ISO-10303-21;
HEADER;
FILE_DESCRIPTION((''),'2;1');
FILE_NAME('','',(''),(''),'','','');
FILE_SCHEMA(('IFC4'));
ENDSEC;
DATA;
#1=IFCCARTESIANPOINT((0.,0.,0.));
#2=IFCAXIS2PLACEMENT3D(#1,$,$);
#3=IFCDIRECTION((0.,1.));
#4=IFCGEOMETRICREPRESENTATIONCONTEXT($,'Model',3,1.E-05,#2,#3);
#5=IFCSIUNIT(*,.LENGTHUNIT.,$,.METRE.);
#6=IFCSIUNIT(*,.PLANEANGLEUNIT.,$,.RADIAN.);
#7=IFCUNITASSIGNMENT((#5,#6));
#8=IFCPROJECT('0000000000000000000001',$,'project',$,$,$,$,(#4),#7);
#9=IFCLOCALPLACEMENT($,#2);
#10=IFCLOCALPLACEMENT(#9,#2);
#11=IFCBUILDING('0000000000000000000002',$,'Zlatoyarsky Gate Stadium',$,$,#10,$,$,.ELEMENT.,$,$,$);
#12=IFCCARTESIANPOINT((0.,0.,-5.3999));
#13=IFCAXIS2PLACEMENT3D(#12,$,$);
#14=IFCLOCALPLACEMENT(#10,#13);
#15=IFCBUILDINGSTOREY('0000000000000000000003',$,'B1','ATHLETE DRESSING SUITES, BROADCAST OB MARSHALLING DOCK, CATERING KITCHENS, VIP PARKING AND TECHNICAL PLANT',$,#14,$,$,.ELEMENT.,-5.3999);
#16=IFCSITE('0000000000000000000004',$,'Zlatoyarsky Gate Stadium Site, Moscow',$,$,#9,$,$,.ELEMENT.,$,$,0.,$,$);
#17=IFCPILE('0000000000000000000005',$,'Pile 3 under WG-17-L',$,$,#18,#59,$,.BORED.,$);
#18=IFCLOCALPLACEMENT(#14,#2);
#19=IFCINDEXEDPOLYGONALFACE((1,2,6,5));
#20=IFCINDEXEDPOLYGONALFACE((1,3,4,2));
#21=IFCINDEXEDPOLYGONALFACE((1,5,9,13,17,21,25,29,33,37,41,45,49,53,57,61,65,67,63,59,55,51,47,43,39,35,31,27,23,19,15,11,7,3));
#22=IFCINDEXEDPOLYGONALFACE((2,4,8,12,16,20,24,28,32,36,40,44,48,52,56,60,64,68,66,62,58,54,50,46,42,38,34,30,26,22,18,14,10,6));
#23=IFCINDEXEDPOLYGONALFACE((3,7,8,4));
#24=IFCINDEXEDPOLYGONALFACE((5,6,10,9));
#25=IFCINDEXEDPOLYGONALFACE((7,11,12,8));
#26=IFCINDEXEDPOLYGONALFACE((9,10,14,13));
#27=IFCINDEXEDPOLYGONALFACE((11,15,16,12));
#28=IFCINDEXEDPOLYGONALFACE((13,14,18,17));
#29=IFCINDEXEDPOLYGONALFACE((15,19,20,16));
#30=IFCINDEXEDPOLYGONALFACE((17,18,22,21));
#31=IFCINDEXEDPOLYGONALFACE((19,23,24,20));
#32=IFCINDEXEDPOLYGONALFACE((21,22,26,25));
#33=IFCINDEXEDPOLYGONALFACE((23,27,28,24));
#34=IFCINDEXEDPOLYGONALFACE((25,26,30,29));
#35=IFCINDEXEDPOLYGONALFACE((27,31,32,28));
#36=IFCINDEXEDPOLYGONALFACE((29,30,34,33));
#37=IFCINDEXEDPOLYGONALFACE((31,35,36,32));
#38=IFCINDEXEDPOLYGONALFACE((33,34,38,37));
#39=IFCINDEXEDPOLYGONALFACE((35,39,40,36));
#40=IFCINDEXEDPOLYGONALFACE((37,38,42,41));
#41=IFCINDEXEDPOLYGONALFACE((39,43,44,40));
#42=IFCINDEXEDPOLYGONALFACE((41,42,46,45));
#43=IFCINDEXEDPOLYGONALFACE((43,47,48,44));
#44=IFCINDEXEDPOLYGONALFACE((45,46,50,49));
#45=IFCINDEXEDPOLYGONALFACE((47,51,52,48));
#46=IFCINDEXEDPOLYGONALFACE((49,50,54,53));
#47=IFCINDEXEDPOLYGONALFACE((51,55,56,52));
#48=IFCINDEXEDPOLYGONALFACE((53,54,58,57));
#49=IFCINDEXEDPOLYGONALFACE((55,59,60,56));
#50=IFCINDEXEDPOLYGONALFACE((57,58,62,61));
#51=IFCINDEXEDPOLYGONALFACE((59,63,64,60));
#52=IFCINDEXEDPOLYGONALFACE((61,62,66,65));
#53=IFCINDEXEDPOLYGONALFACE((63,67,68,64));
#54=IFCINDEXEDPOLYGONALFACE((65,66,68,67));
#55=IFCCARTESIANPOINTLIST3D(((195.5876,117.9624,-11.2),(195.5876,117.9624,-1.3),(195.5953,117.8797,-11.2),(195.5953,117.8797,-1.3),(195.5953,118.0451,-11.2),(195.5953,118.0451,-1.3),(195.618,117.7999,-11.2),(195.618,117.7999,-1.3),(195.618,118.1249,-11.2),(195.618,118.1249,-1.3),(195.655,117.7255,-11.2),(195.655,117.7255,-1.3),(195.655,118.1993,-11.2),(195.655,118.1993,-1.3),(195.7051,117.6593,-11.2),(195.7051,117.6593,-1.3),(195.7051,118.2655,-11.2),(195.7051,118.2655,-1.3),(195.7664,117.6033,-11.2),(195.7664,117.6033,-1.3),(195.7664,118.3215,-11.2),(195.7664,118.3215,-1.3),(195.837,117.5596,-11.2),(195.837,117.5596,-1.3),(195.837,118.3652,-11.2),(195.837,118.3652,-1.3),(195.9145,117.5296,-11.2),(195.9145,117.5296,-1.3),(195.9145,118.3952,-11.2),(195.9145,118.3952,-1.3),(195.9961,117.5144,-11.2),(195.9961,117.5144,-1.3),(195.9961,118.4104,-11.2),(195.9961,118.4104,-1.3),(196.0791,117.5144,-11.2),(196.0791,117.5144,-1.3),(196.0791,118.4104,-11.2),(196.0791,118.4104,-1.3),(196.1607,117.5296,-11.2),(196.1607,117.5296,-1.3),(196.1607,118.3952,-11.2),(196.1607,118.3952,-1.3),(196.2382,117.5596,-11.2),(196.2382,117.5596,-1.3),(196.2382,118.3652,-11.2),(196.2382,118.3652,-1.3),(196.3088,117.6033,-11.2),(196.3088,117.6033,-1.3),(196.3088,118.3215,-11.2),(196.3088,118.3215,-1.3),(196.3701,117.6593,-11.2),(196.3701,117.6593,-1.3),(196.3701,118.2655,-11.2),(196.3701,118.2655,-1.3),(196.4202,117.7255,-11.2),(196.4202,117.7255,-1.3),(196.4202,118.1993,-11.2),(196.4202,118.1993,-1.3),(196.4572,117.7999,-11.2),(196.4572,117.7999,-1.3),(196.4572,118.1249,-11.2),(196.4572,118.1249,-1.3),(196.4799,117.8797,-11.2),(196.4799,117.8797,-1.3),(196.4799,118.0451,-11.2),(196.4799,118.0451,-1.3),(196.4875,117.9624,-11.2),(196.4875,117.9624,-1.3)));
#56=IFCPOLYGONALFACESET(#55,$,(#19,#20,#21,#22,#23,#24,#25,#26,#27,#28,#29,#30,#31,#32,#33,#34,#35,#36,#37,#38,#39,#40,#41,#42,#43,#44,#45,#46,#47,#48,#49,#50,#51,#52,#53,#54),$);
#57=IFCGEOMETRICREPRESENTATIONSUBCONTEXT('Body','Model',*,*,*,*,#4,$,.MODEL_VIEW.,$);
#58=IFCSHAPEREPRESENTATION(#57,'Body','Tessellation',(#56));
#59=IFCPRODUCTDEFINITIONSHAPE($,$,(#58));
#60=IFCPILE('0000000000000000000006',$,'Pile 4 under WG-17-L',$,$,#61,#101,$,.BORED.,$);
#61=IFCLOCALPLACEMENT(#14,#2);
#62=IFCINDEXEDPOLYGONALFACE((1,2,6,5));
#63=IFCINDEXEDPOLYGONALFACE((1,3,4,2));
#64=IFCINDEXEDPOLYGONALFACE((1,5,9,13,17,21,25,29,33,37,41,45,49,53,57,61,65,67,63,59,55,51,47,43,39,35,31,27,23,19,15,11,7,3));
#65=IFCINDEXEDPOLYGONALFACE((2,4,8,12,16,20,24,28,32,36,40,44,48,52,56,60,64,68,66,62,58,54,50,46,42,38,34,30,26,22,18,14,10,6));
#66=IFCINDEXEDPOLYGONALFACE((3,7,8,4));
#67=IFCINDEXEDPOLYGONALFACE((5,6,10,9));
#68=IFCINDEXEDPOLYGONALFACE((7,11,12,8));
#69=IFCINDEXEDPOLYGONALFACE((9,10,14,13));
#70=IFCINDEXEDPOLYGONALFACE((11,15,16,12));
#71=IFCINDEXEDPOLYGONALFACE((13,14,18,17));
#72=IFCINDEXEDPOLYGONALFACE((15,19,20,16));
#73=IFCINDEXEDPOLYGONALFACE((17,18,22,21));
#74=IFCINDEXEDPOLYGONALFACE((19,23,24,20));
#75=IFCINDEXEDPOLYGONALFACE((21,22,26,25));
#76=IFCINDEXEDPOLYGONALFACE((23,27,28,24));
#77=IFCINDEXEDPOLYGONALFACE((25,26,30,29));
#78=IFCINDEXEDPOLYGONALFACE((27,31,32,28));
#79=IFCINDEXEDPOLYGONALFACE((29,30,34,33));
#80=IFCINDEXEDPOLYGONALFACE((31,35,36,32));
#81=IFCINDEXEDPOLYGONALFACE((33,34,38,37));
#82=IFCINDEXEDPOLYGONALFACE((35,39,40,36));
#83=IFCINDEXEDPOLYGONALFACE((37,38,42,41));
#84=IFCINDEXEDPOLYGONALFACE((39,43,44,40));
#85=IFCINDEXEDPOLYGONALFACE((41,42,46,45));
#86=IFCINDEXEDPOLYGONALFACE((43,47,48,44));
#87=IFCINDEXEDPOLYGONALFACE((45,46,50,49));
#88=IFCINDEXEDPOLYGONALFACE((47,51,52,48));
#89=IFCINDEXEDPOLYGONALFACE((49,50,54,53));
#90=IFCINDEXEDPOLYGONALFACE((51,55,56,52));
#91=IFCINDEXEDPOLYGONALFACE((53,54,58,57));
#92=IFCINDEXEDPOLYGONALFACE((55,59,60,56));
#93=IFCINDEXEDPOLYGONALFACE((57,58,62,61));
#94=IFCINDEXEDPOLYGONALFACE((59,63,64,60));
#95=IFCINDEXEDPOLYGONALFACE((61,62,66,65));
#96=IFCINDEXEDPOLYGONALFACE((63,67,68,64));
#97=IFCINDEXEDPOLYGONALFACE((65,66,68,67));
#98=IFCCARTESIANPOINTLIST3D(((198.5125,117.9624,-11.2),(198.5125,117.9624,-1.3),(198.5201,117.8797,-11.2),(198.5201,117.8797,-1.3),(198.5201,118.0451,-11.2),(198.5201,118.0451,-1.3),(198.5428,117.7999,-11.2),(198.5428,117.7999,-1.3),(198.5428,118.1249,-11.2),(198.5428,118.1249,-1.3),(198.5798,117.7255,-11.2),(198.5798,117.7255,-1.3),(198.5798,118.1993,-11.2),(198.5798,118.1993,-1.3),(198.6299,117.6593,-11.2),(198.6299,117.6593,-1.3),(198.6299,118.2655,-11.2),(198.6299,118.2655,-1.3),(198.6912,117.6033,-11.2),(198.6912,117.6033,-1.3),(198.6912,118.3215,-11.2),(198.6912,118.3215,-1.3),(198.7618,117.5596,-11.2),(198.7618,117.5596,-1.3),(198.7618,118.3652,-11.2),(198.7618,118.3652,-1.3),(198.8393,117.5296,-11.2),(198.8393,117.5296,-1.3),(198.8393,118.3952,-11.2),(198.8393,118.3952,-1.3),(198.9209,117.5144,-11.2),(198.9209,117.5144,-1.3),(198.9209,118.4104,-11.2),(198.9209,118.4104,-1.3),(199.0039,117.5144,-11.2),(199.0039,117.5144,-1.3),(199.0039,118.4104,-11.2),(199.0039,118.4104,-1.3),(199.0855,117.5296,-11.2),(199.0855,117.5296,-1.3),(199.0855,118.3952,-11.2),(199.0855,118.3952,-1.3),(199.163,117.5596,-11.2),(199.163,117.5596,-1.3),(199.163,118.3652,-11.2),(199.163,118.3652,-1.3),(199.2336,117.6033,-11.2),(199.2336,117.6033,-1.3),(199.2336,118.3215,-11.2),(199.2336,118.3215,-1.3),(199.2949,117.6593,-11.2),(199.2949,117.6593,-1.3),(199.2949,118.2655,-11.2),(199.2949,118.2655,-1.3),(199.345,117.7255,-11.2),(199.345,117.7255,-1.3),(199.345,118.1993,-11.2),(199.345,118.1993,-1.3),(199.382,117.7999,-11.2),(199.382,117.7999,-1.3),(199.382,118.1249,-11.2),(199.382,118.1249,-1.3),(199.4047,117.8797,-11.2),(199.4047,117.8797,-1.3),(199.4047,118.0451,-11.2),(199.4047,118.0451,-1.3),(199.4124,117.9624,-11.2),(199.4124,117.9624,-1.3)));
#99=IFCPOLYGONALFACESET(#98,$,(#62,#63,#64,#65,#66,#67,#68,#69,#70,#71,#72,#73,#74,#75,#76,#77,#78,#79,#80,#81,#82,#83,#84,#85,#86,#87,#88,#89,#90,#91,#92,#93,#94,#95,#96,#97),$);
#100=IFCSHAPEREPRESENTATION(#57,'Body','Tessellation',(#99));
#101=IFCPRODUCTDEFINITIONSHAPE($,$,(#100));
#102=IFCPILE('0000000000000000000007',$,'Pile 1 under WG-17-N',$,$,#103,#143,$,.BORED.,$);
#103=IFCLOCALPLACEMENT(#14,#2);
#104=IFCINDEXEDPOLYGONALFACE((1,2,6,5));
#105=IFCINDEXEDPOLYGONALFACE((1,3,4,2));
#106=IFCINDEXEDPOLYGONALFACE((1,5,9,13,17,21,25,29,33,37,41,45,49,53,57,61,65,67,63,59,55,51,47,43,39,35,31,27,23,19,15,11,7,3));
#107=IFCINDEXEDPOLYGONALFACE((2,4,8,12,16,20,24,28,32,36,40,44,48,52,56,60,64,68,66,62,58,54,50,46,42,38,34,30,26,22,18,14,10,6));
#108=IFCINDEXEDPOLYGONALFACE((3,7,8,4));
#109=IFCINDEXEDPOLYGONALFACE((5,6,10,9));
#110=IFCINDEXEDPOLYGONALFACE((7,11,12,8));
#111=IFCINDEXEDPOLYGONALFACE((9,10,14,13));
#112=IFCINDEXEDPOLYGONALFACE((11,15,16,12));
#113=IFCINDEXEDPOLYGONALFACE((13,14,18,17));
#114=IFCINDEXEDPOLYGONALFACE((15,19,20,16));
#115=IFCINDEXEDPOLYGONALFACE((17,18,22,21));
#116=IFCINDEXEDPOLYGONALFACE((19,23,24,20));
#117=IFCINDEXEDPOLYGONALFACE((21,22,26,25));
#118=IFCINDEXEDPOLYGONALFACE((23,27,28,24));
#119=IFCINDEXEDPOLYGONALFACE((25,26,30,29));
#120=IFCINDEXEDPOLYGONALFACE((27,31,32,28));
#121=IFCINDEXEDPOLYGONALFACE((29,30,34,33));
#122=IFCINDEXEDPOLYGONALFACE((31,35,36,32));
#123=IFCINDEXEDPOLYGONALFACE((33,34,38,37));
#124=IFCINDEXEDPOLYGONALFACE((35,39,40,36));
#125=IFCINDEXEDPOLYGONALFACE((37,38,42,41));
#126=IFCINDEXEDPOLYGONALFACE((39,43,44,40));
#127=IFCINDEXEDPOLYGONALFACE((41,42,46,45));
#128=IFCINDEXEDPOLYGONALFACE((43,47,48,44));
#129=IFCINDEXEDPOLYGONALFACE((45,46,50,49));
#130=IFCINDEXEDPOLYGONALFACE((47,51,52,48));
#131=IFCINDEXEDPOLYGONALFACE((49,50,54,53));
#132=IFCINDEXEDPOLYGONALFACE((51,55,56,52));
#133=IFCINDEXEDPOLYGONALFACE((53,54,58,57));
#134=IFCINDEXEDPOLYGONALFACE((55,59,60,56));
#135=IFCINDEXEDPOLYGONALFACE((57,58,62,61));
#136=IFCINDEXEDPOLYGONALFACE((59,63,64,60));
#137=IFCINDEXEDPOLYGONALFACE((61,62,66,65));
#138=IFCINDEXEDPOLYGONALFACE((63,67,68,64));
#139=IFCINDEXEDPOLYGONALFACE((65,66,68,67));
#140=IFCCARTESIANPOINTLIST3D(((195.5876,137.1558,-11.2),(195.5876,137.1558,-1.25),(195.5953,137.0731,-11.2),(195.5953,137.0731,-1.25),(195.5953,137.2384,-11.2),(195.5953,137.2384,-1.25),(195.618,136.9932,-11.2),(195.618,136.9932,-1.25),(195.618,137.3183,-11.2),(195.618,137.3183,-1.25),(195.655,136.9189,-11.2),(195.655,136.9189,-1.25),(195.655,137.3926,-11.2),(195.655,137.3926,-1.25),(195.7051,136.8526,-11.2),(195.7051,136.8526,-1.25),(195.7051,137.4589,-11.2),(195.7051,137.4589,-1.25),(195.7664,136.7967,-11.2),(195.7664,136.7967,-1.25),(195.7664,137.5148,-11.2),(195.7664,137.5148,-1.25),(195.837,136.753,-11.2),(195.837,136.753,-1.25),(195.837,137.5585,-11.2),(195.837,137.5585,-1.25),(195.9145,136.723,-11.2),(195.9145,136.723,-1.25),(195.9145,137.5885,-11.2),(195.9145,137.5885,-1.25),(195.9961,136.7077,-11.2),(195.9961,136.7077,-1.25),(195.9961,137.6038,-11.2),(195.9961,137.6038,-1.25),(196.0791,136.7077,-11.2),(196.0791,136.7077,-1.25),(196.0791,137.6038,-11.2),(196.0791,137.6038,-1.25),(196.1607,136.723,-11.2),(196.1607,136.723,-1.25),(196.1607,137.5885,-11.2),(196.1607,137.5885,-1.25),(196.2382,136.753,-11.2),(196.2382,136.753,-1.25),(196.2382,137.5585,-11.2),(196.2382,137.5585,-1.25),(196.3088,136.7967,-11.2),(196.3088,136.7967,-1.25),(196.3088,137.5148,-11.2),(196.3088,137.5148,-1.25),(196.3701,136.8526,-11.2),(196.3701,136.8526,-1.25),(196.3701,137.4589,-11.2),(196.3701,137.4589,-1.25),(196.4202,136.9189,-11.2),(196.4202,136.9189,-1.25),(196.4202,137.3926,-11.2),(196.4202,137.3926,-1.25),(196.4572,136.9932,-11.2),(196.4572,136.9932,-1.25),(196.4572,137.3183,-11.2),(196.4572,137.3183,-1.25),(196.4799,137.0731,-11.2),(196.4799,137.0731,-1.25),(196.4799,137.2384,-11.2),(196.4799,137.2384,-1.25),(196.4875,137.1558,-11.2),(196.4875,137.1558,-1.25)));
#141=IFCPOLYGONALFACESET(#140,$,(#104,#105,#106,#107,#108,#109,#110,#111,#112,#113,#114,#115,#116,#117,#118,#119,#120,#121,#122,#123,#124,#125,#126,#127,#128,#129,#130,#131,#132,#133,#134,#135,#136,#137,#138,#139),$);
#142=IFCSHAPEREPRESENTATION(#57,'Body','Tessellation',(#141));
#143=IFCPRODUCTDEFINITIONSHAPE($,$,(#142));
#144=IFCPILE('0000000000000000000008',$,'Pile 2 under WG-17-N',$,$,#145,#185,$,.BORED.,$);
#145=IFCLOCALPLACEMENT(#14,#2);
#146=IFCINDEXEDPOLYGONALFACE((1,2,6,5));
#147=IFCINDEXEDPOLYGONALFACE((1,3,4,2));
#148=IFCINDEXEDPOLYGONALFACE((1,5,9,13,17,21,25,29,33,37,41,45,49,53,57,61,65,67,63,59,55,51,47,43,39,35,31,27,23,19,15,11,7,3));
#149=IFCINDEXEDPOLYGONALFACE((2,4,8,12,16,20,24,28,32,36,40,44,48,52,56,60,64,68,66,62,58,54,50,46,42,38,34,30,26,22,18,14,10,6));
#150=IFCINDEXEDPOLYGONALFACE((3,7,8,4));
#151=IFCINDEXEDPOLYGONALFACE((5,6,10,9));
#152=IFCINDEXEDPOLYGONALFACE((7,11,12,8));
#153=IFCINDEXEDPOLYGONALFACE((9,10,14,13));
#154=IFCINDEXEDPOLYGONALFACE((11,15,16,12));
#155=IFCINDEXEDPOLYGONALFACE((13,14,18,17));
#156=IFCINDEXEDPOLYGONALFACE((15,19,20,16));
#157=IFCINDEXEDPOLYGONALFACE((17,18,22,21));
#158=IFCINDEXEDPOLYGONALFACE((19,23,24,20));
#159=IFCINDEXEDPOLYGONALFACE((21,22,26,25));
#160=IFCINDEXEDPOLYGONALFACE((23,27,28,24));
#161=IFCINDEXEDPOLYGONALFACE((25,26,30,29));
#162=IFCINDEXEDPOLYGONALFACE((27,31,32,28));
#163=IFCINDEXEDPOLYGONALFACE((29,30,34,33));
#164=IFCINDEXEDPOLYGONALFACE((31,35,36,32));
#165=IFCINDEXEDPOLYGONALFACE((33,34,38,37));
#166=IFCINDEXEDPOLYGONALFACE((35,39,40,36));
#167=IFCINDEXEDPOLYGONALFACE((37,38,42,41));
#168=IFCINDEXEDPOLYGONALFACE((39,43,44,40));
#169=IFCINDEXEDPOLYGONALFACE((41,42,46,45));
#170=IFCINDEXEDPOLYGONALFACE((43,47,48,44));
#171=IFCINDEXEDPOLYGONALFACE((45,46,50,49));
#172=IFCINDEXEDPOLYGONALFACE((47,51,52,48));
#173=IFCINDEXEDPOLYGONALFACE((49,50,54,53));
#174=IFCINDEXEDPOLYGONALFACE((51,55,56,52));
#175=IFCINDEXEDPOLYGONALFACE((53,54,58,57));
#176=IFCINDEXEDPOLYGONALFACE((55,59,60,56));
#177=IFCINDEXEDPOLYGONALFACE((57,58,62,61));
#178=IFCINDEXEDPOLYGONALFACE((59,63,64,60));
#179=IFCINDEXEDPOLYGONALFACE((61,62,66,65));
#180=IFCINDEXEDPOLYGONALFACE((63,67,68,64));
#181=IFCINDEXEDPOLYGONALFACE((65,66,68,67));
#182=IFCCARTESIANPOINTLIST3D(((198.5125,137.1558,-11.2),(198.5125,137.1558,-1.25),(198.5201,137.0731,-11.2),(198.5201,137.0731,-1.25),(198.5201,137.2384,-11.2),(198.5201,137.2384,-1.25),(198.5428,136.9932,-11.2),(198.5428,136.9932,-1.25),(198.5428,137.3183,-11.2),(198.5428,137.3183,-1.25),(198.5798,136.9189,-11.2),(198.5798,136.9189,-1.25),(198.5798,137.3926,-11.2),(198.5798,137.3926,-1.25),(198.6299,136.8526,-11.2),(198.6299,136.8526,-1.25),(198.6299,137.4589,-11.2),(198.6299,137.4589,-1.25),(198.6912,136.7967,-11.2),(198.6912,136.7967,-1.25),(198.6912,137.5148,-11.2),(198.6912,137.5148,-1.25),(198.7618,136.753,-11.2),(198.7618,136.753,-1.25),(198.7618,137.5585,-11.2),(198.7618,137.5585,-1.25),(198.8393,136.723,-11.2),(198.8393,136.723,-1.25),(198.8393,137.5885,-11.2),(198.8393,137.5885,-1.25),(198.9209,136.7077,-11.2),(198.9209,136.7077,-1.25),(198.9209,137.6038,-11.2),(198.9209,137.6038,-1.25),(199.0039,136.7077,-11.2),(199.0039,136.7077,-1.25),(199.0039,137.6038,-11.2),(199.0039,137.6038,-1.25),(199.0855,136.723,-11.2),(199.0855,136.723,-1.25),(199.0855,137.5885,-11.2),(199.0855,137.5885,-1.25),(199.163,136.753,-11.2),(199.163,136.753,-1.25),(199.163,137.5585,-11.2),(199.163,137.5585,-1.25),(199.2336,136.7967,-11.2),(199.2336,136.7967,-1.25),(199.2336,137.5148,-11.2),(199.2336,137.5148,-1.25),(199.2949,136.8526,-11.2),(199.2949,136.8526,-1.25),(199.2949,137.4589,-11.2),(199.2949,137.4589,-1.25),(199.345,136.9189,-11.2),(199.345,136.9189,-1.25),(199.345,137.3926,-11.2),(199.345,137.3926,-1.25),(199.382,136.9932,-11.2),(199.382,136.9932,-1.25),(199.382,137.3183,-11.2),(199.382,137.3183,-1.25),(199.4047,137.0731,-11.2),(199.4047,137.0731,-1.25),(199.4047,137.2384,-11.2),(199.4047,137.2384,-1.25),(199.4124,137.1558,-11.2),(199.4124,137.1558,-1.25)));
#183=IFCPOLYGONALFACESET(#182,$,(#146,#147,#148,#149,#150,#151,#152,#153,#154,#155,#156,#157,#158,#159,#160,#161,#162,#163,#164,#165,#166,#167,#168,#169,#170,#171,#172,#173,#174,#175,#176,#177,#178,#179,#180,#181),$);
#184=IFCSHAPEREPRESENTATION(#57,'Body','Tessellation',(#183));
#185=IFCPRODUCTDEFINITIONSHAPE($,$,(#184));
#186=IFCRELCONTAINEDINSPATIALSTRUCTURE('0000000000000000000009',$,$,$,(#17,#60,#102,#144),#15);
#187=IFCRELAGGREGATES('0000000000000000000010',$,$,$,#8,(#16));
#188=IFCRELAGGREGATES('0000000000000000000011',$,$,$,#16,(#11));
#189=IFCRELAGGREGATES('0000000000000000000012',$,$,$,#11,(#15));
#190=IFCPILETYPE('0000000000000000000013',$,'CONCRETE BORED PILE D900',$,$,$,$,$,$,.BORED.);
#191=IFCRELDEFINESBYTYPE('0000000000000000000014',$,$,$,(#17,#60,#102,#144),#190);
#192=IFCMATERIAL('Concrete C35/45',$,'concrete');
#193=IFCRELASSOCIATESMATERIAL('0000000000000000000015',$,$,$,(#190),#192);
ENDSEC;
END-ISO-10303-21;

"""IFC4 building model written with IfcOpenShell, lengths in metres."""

from ifc_helpers import new_model, si_unit, direction, frame, origin, origin_2d, place, context, subcontext, project, spatial, circle, extrude, material, material_profile, profile_set, type_object, element, save


model = new_model("IFC4")

# Units and contexts
model_context = context("Model", 3, precision=1e-05, world=origin(), true_north=direction((0.0, 1.0)))
body_context = subcontext(model_context, "Body", "Model", "MODEL_VIEW")
ifc_project = project(units=[si_unit("LENGTHUNIT", "METRE"), si_unit("PLANEANGLEUNIT", "RADIAN")], contexts=[model_context])

# Site, building, storey
site_placement = place(None, origin())
site = spatial("IfcSite", under=ifc_project, at=site_placement, Name="Zlatoyarsky Gate Stadium Site, Moscow", CompositionType="ELEMENT", RefElevation=0.0)
building_placement = place(site_placement, origin())
building = spatial("IfcBuilding", under=site, at=building_placement, Name="Zlatoyarsky Gate Stadium", CompositionType="ELEMENT")
storey_placement = place(building_placement, frame((0.0, 0.0, -5.3999)))
storey = spatial("IfcBuildingStorey", under=building, at=storey_placement, Name="B1", Description="ATHLETE DRESSING SUITES, BROADCAST OB MARSHALLING DOCK, CATERING KITCHENS, VIP PARKING AND TECHNICAL PLANT", CompositionType="ELEMENT", Elevation=-5.3999)

# Piles
ifc_material_1 = material(Name="Concrete C35/45", Category="concrete")
ifc_material_profile_1 = material_profile(ifc_material_1, circle(Radius=0.45, at=origin_2d()), Name="BORED PILE D900")
ifc_profile_set_1 = profile_set([ifc_material_profile_1], Name="Concrete C35/45")
pile_type_1 = type_object("IfcPileType", Name="CONCRETE BORED PILE D900", PredefinedType="BORED", material=ifc_profile_set_1)
for number, where, z_axis, x_axis, name in (
    (1, (196.0376, 117.9624, -1.3), (0.0, 0.0, -1.0), (1.0, 0.0, 0.0), "Pile 3 under WG-17-L"),
    (2, (198.9624, 117.9624, -1.3), (0.0, 0.0, -1.0), (1.0, 0.0, 0.0), "Pile 4 under WG-17-L"),
):
    element("IfcPile", number, at=place(storey_placement, frame(where, z_axis=z_axis, x_axis=x_axis)), inside=storey, type_object=pile_type_1, Name=name, PredefinedType="BORED", context=body_context, shape_type="SweptSolid", body=[
        extrude(circle(Radius=0.45, at=origin_2d()), origin(), (0.0, 0.0, 1.0), 9.8999),
    ])
for number, where, z_axis, x_axis, name in (
    (3, (196.0376, 137.1558, -1.25), (0.0, 0.0, -1.0), (1.0, 0.0, 0.0), "Pile 1 under WG-17-N"),
    (4, (198.9624, 137.1558, -1.25), (0.0, 0.0, -1.0), (1.0, 0.0, 0.0), "Pile 2 under WG-17-N"),
):
    element("IfcPile", number, at=place(storey_placement, frame(where, z_axis=z_axis, x_axis=x_axis)), inside=storey, type_object=pile_type_1, Name=name, PredefinedType="BORED", context=body_context, shape_type="SweptSolid", body=[
        extrude(circle(Radius=0.45, at=origin_2d()), origin(), (0.0, 0.0, 1.0), 9.95),
    ])

save(model, "model.ifc")
